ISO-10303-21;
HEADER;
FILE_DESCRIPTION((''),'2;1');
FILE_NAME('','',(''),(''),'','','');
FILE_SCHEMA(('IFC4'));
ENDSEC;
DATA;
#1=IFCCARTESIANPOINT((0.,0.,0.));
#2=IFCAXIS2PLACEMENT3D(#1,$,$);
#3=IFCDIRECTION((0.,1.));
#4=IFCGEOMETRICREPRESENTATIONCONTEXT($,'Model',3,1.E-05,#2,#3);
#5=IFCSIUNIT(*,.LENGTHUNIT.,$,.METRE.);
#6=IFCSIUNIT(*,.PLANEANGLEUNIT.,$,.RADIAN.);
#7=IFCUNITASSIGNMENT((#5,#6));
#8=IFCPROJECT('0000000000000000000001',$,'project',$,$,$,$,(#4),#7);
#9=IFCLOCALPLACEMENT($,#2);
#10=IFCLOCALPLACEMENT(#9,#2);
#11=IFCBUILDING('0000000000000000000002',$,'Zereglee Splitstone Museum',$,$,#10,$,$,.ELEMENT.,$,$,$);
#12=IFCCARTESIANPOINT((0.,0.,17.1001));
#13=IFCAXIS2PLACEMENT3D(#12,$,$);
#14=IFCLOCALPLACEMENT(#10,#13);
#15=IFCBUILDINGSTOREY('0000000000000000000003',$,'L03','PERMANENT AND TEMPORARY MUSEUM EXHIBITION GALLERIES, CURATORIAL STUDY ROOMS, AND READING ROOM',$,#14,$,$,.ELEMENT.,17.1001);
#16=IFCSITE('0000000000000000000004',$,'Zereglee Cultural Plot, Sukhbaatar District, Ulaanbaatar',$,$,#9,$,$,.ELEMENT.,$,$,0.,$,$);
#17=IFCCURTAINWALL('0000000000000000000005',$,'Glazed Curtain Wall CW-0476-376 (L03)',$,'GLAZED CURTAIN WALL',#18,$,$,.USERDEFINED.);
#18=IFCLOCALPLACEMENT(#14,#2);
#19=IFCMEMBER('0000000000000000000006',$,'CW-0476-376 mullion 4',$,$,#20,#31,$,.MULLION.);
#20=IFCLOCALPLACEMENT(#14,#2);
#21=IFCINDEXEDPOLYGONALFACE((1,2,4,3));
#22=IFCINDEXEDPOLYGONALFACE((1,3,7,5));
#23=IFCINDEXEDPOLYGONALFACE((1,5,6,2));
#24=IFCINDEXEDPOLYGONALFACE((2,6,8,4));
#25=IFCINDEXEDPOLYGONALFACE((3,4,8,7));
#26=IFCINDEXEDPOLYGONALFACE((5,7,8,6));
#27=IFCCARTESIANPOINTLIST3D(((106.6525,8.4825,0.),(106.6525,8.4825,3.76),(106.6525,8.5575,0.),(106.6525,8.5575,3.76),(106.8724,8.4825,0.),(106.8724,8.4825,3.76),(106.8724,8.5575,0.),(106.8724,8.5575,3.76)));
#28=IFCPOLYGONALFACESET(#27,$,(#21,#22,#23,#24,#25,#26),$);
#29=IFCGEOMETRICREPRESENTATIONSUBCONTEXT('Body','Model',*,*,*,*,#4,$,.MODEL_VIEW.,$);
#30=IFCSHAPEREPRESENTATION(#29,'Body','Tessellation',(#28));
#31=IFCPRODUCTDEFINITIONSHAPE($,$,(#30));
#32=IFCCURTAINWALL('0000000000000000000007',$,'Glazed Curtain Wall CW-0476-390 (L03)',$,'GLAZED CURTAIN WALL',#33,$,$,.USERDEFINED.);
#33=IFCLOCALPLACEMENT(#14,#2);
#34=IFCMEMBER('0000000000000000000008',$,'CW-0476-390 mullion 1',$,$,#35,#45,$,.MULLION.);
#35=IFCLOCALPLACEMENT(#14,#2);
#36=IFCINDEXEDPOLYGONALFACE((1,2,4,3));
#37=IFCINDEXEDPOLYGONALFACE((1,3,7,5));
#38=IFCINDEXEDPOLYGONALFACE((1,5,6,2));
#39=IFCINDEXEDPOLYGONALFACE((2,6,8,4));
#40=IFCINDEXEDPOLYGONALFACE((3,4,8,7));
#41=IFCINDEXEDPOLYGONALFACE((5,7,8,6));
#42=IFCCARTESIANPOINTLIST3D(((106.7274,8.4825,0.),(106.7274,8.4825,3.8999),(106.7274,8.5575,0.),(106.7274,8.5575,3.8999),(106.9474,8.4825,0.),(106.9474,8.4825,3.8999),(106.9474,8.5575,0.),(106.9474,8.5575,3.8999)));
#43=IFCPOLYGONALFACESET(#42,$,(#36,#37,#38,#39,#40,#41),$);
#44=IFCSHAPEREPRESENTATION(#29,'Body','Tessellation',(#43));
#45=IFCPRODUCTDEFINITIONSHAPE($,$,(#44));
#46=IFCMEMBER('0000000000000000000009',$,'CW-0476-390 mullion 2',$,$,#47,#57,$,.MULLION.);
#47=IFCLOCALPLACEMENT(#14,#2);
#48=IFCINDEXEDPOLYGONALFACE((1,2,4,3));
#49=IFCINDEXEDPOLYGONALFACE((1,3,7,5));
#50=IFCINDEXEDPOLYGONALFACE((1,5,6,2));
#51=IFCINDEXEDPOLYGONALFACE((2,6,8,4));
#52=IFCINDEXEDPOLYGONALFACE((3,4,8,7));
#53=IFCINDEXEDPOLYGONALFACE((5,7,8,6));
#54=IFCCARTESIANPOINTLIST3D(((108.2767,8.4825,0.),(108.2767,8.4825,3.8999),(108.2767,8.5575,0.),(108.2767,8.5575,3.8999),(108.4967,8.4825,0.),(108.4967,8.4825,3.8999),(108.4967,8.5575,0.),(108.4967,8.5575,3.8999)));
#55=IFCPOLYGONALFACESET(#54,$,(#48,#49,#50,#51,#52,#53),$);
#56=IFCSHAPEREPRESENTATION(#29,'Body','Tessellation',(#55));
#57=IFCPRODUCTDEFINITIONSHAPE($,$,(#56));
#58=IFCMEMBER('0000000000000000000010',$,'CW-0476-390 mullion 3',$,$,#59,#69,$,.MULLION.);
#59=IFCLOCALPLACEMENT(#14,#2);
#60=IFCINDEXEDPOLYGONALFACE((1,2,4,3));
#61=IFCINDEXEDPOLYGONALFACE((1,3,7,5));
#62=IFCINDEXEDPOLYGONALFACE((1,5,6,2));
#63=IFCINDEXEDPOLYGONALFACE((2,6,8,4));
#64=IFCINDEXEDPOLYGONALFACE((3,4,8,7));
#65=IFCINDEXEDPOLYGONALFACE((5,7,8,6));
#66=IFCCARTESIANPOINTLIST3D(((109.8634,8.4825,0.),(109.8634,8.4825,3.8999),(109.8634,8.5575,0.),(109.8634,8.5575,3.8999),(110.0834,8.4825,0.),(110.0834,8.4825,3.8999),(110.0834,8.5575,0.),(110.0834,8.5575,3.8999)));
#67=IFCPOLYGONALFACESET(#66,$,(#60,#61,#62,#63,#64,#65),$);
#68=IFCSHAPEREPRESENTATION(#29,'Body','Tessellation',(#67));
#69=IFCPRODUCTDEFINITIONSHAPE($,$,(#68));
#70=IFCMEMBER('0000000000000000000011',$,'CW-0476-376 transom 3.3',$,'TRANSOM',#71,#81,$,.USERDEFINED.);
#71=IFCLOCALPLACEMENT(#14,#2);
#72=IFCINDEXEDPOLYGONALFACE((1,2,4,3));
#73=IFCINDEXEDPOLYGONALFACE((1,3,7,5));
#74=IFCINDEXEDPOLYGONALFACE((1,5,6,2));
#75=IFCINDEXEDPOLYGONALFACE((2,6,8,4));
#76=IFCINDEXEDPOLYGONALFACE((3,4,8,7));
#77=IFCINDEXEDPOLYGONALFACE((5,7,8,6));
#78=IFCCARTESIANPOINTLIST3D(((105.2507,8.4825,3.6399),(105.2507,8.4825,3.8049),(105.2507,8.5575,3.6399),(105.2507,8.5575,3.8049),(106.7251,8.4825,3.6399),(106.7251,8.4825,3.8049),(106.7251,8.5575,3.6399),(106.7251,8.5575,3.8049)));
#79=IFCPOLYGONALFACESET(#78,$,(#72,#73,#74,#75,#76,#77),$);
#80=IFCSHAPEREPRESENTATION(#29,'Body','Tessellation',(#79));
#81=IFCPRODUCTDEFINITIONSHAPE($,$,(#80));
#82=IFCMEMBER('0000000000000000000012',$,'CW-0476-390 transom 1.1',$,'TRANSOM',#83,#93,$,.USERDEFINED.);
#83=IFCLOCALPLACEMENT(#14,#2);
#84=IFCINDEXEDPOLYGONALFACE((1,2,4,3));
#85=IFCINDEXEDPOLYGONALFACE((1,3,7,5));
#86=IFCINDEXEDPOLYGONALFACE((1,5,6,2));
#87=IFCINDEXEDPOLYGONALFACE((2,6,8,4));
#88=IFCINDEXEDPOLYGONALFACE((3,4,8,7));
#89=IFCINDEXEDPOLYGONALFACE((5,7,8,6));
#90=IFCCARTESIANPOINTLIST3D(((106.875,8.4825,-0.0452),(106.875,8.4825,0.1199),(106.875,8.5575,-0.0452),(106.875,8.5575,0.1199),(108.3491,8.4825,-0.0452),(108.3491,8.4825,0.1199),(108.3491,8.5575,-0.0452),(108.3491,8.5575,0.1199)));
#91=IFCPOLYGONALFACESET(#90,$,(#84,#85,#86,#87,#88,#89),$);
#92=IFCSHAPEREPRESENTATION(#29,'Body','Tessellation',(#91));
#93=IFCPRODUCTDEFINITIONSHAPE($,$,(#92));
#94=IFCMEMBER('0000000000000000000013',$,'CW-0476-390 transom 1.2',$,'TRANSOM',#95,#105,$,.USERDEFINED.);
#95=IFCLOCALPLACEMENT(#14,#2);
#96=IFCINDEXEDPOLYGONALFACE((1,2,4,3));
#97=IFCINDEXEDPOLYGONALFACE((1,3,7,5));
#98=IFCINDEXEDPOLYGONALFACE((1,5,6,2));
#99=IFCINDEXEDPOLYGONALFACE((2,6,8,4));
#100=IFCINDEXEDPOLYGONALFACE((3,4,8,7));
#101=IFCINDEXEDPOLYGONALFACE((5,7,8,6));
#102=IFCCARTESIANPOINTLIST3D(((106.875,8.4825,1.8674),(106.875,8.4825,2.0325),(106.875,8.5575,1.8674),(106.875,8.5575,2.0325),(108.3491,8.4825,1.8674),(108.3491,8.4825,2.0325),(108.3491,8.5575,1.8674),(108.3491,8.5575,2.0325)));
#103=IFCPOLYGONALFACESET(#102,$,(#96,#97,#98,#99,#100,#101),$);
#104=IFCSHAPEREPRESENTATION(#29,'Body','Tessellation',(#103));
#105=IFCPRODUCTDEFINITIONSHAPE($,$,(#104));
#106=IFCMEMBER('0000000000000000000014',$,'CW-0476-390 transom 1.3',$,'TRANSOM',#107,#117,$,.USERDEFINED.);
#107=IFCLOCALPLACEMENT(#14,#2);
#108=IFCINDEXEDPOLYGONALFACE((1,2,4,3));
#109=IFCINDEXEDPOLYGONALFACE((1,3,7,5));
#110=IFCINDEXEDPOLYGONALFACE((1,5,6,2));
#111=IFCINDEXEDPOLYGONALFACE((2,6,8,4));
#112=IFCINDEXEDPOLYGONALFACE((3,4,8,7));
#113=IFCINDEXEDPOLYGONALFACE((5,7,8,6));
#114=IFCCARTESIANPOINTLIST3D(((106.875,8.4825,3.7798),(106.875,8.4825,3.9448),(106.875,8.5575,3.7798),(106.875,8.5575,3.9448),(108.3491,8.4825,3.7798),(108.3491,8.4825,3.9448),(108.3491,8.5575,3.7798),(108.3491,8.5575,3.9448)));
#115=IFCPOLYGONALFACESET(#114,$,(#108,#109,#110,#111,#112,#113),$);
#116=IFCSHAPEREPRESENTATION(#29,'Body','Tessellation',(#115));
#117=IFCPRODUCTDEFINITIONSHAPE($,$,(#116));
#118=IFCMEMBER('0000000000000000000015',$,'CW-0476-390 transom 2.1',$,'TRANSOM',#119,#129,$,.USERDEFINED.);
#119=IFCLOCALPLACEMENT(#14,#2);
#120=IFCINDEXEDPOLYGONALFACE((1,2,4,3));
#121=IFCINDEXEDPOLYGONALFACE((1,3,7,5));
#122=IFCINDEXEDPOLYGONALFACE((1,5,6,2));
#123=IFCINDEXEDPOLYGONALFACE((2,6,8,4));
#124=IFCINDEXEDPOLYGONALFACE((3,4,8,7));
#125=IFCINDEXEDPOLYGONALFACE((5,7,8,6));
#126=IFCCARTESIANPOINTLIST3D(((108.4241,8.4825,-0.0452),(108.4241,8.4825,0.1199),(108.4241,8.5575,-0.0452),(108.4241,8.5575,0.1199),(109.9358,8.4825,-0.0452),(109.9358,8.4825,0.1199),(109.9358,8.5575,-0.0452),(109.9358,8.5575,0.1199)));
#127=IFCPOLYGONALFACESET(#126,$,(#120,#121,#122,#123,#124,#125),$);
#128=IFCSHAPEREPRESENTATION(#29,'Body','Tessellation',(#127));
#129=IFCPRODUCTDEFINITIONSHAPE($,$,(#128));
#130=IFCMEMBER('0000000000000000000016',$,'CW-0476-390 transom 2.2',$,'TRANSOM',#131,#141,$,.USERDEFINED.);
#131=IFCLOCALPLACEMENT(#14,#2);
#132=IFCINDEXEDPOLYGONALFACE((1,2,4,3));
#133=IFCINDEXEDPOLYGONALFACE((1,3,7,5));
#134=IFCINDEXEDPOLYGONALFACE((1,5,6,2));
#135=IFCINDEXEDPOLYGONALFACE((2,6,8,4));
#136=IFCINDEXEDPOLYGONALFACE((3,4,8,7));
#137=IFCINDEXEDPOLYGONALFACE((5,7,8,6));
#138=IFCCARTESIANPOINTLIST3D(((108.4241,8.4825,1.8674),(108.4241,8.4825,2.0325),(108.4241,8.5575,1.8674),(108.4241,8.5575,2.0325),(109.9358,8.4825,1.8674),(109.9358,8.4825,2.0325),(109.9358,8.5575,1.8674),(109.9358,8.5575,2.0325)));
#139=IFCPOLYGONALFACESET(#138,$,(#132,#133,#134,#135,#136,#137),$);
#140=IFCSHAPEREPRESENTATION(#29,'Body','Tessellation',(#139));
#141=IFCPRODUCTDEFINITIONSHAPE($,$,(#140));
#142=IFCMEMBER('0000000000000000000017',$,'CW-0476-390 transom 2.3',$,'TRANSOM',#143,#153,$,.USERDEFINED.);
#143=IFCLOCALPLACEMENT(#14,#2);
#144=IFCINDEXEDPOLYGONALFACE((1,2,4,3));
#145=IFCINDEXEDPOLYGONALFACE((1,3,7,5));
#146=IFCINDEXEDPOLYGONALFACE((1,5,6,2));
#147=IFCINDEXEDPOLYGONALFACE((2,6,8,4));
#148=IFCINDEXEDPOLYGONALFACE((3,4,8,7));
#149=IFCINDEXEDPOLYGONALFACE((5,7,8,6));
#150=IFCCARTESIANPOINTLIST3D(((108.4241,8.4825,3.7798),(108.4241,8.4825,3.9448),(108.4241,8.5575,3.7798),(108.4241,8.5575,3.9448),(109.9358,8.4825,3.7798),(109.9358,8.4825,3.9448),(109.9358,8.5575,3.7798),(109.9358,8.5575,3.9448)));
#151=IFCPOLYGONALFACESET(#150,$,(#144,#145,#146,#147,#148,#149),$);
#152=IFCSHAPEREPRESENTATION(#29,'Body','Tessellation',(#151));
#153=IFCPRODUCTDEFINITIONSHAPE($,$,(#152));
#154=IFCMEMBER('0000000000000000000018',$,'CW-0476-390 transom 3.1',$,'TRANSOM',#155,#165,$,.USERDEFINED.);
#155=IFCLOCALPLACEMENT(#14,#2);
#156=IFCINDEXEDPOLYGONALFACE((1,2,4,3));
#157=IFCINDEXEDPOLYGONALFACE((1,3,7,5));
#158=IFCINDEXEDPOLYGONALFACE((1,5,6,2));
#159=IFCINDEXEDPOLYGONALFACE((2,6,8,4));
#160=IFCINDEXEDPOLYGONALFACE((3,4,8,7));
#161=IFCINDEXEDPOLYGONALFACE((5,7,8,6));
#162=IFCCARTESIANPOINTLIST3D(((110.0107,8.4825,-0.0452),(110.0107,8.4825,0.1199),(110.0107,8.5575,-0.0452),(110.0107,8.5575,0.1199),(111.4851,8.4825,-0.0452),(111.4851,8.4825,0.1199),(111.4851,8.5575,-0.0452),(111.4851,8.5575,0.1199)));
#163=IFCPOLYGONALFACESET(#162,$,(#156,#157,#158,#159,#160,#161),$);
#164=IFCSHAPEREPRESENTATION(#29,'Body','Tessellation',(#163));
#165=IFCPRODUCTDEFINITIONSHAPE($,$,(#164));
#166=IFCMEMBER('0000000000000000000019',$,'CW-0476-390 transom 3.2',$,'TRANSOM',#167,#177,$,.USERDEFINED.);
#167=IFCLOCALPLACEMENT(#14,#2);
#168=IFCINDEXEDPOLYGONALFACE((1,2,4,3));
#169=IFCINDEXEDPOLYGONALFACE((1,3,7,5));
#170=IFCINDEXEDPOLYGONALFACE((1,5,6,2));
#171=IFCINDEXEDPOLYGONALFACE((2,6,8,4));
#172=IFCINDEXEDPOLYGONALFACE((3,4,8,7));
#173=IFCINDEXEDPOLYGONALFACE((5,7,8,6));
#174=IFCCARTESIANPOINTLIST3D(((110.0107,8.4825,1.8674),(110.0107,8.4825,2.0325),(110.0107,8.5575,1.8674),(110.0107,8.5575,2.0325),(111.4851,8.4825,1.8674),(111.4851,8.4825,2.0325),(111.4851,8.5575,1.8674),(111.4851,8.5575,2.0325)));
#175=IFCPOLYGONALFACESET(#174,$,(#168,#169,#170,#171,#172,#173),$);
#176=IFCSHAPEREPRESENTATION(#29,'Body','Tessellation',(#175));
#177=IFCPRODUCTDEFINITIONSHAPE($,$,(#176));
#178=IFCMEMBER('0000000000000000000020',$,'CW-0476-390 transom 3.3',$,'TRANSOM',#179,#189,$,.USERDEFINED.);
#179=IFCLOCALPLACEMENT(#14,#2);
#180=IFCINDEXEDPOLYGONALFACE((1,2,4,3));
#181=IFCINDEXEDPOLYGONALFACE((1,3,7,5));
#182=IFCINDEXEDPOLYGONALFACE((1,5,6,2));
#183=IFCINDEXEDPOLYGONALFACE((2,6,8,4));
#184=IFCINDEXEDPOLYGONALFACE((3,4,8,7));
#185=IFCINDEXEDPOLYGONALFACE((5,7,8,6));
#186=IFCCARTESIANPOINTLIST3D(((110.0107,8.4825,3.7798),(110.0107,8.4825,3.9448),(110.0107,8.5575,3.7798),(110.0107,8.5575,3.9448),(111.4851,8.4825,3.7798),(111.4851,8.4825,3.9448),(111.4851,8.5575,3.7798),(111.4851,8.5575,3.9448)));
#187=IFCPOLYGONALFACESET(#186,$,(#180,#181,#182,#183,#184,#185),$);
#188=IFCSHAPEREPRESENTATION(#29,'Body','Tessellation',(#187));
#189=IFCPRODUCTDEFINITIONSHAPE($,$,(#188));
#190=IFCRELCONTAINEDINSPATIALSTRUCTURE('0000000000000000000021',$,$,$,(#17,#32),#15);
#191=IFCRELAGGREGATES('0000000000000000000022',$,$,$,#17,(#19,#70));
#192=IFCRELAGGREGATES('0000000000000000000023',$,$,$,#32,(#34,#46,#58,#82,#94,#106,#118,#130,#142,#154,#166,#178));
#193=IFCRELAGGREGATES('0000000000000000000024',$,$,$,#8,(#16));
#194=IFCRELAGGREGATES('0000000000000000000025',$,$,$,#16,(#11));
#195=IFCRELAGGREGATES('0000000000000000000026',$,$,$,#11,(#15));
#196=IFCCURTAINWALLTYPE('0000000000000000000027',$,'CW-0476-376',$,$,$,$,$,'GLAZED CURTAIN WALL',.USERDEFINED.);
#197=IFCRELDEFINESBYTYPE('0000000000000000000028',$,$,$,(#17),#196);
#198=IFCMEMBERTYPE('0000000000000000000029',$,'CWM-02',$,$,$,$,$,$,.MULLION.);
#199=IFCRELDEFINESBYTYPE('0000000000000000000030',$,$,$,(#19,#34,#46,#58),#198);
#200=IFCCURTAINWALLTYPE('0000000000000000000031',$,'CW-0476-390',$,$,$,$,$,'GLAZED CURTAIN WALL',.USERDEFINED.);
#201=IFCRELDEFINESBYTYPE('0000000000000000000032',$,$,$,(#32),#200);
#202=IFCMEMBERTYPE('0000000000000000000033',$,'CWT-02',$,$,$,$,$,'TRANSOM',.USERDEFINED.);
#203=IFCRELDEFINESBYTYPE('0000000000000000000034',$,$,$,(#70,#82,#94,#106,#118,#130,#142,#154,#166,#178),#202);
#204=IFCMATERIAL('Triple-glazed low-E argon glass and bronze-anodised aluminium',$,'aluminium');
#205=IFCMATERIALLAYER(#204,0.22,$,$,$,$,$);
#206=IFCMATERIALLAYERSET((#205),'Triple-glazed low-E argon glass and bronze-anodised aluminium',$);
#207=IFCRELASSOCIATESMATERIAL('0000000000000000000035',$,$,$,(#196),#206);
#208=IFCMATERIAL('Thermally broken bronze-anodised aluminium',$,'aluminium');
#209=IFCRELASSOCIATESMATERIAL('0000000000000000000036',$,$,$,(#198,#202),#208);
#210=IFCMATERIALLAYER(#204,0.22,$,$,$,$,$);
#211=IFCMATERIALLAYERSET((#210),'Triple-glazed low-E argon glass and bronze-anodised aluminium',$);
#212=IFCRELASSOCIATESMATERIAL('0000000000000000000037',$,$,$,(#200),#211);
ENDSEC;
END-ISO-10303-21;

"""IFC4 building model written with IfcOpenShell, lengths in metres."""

from ifc_helpers import new_model, si_unit, direction, frame, origin, origin_2d, place, context, subcontext, project, spatial, rectangle, extrude, material, layer, layer_set, material_profile, profile_set, type_object, element, aggregate, save


model = new_model("IFC4")

# Units and contexts
model_context = context("Model", 3, precision=1e-05, world=origin(), true_north=direction((0.0, 1.0)))
body_context = subcontext(model_context, "Body", "Model", "MODEL_VIEW")
ifc_project = project(units=[si_unit("LENGTHUNIT", "METRE"), si_unit("PLANEANGLEUNIT", "RADIAN")], contexts=[model_context])

# Site, building, storey
site_placement = place(None, origin())
site = spatial("IfcSite", under=ifc_project, at=site_placement, Name="Zereglee Cultural Plot, Sukhbaatar District, Ulaanbaatar", CompositionType="ELEMENT", RefElevation=0.0)
building_placement = place(site_placement, origin())
building = spatial("IfcBuilding", under=site, at=building_placement, Name="Zereglee Splitstone Museum", CompositionType="ELEMENT")
storey_placement = place(building_placement, frame((0.0, 0.0, 17.1001)))
storey = spatial("IfcBuildingStorey", under=building, at=storey_placement, Name="L03", Description="PERMANENT AND TEMPORARY MUSEUM EXHIBITION GALLERIES, CURATORIAL STUDY ROOMS, AND READING ROOM", CompositionType="ELEMENT", Elevation=17.1001)

# Curtain wall, member
ifc_material_1 = material(Name="Triple-glazed low-E argon glass and bronze-anodised aluminium", Category="aluminium")
ifc_layer_1 = layer(ifc_material_1, 0.22)
ifc_layer_set_1 = layer_set([ifc_layer_1], Name="Triple-glazed low-E argon glass and bronze-anodised aluminium")
curtain_wall_type_1 = type_object("IfcCurtainWallType", Name="CW-0476-376", ElementType="GLAZED CURTAIN WALL", PredefinedType="USERDEFINED", material=ifc_layer_set_1)
curtain_wall_1_placement = place(storey_placement, origin())
curtain_wall_1 = element("IfcCurtainWall", 1, at=curtain_wall_1_placement, inside=storey, type_object=curtain_wall_type_1, Name="Glazed Curtain Wall CW-0476-376 (L03)", ObjectType="GLAZED CURTAIN WALL", PredefinedType="USERDEFINED")
ifc_material_2 = material(Name="Thermally broken bronze-anodised aluminium", Category="aluminium")
ifc_material_profile_1 = material_profile(ifc_material_2, rectangle(XDim=0.075, YDim=0.22, at=origin_2d()), Name="CW MULL 75x220")
ifc_profile_set_1 = profile_set([ifc_material_profile_1], Name="Thermally broken bronze-anodised aluminium")
member_type_1 = type_object("IfcMemberType", Name="CWM-02", PredefinedType="MULLION", material=ifc_profile_set_1)
member_1_placement = place(storey_placement, frame((106.7625, 8.52, 0.0), z_axis=(0.0, 0.0, 1.0), x_axis=(0.0, 1.0, 0.0)))
member_1 = element("IfcMember", 2, at=member_1_placement, type_object=member_type_1, Name="CW-0476-376 mullion 4", PredefinedType="MULLION", context=body_context, shape_type="SweptSolid", body=[
    extrude(rectangle(XDim=0.075, YDim=0.22, at=origin_2d()), origin(), (0.0, 0.0, 1.0), 3.76),
])

# Curtain wall, members
ifc_layer_2 = layer(ifc_material_1, 0.22)
ifc_layer_set_2 = layer_set([ifc_layer_2], Name="Triple-glazed low-E argon glass and bronze-anodised aluminium")
curtain_wall_type_2 = type_object("IfcCurtainWallType", Name="CW-0476-390", ElementType="GLAZED CURTAIN WALL", PredefinedType="USERDEFINED", material=ifc_layer_set_2)
curtain_wall_2_placement = place(storey_placement, origin())
curtain_wall_2 = element("IfcCurtainWall", 3, at=curtain_wall_2_placement, inside=storey, type_object=curtain_wall_type_2, Name="Glazed Curtain Wall CW-0476-390 (L03)", ObjectType="GLAZED CURTAIN WALL", PredefinedType="USERDEFINED")
member_2_placement = place(storey_placement, frame((106.8374, 8.52, 0.0), z_axis=(0.0, 0.0, 1.0), x_axis=(0.0, 1.0, 0.0)))
member_2 = element("IfcMember", 4, at=member_2_placement, type_object=member_type_1, Name="CW-0476-390 mullion 1", PredefinedType="MULLION", context=body_context, shape_type="SweptSolid", body=[
    extrude(rectangle(XDim=0.075, YDim=0.22, at=origin_2d()), origin(), (0.0, 0.0, 1.0), 3.8999),
])
member_3_placement = place(storey_placement, frame((108.3867, 8.52, 0.0), z_axis=(0.0, 0.0, 1.0), x_axis=(0.0, 1.0, 0.0)))
member_3 = element("IfcMember", 5, at=member_3_placement, type_object=member_type_1, Name="CW-0476-390 mullion 2", PredefinedType="MULLION", context=body_context, shape_type="SweptSolid", body=[
    extrude(rectangle(XDim=0.075, YDim=0.22, at=origin_2d()), origin(), (0.0, 0.0, 1.0), 3.8999),
])
member_4_placement = place(storey_placement, frame((109.9734, 8.52, 0.0), z_axis=(0.0, 0.0, 1.0), x_axis=(0.0, 1.0, 0.0)))
member_4 = element("IfcMember", 6, at=member_4_placement, type_object=member_type_1, Name="CW-0476-390 mullion 3", PredefinedType="MULLION", context=body_context, shape_type="SweptSolid", body=[
    extrude(rectangle(XDim=0.075, YDim=0.22, at=origin_2d()), origin(), (0.0, 0.0, 1.0), 3.8999),
])

# Members
ifc_material_profile_2 = material_profile(ifc_material_2, rectangle(XDim=0.075, YDim=0.165, at=origin_2d()), Name="CW TRAN 75x165")
ifc_profile_set_2 = profile_set([ifc_material_profile_2], Name="Thermally broken bronze-anodised aluminium")
member_type_2 = type_object("IfcMemberType", Name="CWT-02", ElementType="TRANSOM", PredefinedType="USERDEFINED", material=ifc_profile_set_2)
member_5_placement = place(storey_placement, frame((105.2507, 8.52, 3.7224), z_axis=(1.0, 0.0, 0.0), x_axis=(0.0, 1.0, 0.0)))
member_5 = element("IfcMember", 7, at=member_5_placement, type_object=member_type_2, Name="CW-0476-376 transom 3.3", ObjectType="TRANSOM", PredefinedType="USERDEFINED", context=body_context, shape_type="SweptSolid", body=[
    extrude(rectangle(XDim=0.075, YDim=0.165, at=origin_2d()), origin(), (0.0, 0.0, 1.0), 1.4744),
])
member_6_placement = place(storey_placement, frame((106.875, 8.52, 0.0374), z_axis=(1.0, 0.0, 0.0), x_axis=(0.0, 1.0, 0.0)))
member_6 = element("IfcMember", 8, at=member_6_placement, type_object=member_type_2, Name="CW-0476-390 transom 1.1", ObjectType="TRANSOM", PredefinedType="USERDEFINED", context=body_context, shape_type="SweptSolid", body=[
    extrude(rectangle(XDim=0.075, YDim=0.165, at=origin_2d()), origin(), (0.0, 0.0, 1.0), 1.4741),
])
member_7_placement = place(storey_placement, frame((106.875, 8.52, 1.95), z_axis=(1.0, 0.0, 0.0), x_axis=(0.0, 1.0, 0.0)))
member_7 = element("IfcMember", 9, at=member_7_placement, type_object=member_type_2, Name="CW-0476-390 transom 1.2", ObjectType="TRANSOM", PredefinedType="USERDEFINED", context=body_context, shape_type="SweptSolid", body=[
    extrude(rectangle(XDim=0.075, YDim=0.165, at=origin_2d()), origin(), (0.0, 0.0, 1.0), 1.4741),
])
member_8_placement = place(storey_placement, frame((106.875, 8.52, 3.8623), z_axis=(1.0, 0.0, 0.0), x_axis=(0.0, 1.0, 0.0)))
member_8 = element("IfcMember", 10, at=member_8_placement, type_object=member_type_2, Name="CW-0476-390 transom 1.3", ObjectType="TRANSOM", PredefinedType="USERDEFINED", context=body_context, shape_type="SweptSolid", body=[
    extrude(rectangle(XDim=0.075, YDim=0.165, at=origin_2d()), origin(), (0.0, 0.0, 1.0), 1.4741),
])
member_9_placement = place(storey_placement, frame((108.4241, 8.52, 0.0374), z_axis=(1.0, 0.0, 0.0), x_axis=(0.0, 1.0, 0.0)))
member_9 = element("IfcMember", 11, at=member_9_placement, type_object=member_type_2, Name="CW-0476-390 transom 2.1", ObjectType="TRANSOM", PredefinedType="USERDEFINED", context=body_context, shape_type="SweptSolid", body=[
    extrude(rectangle(XDim=0.075, YDim=0.165, at=origin_2d()), origin(), (0.0, 0.0, 1.0), 1.5117),
])
member_10_placement = place(storey_placement, frame((108.4241, 8.52, 1.95), z_axis=(1.0, 0.0, 0.0), x_axis=(0.0, 1.0, 0.0)))
member_10 = element("IfcMember", 12, at=member_10_placement, type_object=member_type_2, Name="CW-0476-390 transom 2.2", ObjectType="TRANSOM", PredefinedType="USERDEFINED", context=body_context, shape_type="SweptSolid", body=[
    extrude(rectangle(XDim=0.075, YDim=0.165, at=origin_2d()), origin(), (0.0, 0.0, 1.0), 1.5117),
])
member_11_placement = place(storey_placement, frame((108.4241, 8.52, 3.8623), z_axis=(1.0, 0.0, 0.0), x_axis=(0.0, 1.0, 0.0)))
member_11 = element("IfcMember", 13, at=member_11_placement, type_object=member_type_2, Name="CW-0476-390 transom 2.3", ObjectType="TRANSOM", PredefinedType="USERDEFINED", context=body_context, shape_type="SweptSolid", body=[
    extrude(rectangle(XDim=0.075, YDim=0.165, at=origin_2d()), origin(), (0.0, 0.0, 1.0), 1.5117),
])
member_12_placement = place(storey_placement, frame((110.0107, 8.52, 0.0374), z_axis=(1.0, 0.0, 0.0), x_axis=(0.0, 1.0, 0.0)))
member_12 = element("IfcMember", 14, at=member_12_placement, type_object=member_type_2, Name="CW-0476-390 transom 3.1", ObjectType="TRANSOM", PredefinedType="USERDEFINED", context=body_context, shape_type="SweptSolid", body=[
    extrude(rectangle(XDim=0.075, YDim=0.165, at=origin_2d()), origin(), (0.0, 0.0, 1.0), 1.4744),
])
member_13_placement = place(storey_placement, frame((110.0107, 8.52, 1.95), z_axis=(1.0, 0.0, 0.0), x_axis=(0.0, 1.0, 0.0)))
member_13 = element("IfcMember", 15, at=member_13_placement, type_object=member_type_2, Name="CW-0476-390 transom 3.2", ObjectType="TRANSOM", PredefinedType="USERDEFINED", context=body_context, shape_type="SweptSolid", body=[
    extrude(rectangle(XDim=0.075, YDim=0.165, at=origin_2d()), origin(), (0.0, 0.0, 1.0), 1.4744),
])
member_14_placement = place(storey_placement, frame((110.0107, 8.52, 3.8623), z_axis=(1.0, 0.0, 0.0), x_axis=(0.0, 1.0, 0.0)))
member_14 = element("IfcMember", 16, at=member_14_placement, type_object=member_type_2, Name="CW-0476-390 transom 3.3", ObjectType="TRANSOM", PredefinedType="USERDEFINED", context=body_context, shape_type="SweptSolid", body=[
    extrude(rectangle(XDim=0.075, YDim=0.165, at=origin_2d()), origin(), (0.0, 0.0, 1.0), 1.4744),
])

aggregate(curtain_wall_1, [member_1, member_5])
aggregate(curtain_wall_2, [member_2, member_3, member_4, member_6, member_7, member_8, member_9, member_10, member_11, member_12, member_13, member_14])

save(model, "model.ifc")
